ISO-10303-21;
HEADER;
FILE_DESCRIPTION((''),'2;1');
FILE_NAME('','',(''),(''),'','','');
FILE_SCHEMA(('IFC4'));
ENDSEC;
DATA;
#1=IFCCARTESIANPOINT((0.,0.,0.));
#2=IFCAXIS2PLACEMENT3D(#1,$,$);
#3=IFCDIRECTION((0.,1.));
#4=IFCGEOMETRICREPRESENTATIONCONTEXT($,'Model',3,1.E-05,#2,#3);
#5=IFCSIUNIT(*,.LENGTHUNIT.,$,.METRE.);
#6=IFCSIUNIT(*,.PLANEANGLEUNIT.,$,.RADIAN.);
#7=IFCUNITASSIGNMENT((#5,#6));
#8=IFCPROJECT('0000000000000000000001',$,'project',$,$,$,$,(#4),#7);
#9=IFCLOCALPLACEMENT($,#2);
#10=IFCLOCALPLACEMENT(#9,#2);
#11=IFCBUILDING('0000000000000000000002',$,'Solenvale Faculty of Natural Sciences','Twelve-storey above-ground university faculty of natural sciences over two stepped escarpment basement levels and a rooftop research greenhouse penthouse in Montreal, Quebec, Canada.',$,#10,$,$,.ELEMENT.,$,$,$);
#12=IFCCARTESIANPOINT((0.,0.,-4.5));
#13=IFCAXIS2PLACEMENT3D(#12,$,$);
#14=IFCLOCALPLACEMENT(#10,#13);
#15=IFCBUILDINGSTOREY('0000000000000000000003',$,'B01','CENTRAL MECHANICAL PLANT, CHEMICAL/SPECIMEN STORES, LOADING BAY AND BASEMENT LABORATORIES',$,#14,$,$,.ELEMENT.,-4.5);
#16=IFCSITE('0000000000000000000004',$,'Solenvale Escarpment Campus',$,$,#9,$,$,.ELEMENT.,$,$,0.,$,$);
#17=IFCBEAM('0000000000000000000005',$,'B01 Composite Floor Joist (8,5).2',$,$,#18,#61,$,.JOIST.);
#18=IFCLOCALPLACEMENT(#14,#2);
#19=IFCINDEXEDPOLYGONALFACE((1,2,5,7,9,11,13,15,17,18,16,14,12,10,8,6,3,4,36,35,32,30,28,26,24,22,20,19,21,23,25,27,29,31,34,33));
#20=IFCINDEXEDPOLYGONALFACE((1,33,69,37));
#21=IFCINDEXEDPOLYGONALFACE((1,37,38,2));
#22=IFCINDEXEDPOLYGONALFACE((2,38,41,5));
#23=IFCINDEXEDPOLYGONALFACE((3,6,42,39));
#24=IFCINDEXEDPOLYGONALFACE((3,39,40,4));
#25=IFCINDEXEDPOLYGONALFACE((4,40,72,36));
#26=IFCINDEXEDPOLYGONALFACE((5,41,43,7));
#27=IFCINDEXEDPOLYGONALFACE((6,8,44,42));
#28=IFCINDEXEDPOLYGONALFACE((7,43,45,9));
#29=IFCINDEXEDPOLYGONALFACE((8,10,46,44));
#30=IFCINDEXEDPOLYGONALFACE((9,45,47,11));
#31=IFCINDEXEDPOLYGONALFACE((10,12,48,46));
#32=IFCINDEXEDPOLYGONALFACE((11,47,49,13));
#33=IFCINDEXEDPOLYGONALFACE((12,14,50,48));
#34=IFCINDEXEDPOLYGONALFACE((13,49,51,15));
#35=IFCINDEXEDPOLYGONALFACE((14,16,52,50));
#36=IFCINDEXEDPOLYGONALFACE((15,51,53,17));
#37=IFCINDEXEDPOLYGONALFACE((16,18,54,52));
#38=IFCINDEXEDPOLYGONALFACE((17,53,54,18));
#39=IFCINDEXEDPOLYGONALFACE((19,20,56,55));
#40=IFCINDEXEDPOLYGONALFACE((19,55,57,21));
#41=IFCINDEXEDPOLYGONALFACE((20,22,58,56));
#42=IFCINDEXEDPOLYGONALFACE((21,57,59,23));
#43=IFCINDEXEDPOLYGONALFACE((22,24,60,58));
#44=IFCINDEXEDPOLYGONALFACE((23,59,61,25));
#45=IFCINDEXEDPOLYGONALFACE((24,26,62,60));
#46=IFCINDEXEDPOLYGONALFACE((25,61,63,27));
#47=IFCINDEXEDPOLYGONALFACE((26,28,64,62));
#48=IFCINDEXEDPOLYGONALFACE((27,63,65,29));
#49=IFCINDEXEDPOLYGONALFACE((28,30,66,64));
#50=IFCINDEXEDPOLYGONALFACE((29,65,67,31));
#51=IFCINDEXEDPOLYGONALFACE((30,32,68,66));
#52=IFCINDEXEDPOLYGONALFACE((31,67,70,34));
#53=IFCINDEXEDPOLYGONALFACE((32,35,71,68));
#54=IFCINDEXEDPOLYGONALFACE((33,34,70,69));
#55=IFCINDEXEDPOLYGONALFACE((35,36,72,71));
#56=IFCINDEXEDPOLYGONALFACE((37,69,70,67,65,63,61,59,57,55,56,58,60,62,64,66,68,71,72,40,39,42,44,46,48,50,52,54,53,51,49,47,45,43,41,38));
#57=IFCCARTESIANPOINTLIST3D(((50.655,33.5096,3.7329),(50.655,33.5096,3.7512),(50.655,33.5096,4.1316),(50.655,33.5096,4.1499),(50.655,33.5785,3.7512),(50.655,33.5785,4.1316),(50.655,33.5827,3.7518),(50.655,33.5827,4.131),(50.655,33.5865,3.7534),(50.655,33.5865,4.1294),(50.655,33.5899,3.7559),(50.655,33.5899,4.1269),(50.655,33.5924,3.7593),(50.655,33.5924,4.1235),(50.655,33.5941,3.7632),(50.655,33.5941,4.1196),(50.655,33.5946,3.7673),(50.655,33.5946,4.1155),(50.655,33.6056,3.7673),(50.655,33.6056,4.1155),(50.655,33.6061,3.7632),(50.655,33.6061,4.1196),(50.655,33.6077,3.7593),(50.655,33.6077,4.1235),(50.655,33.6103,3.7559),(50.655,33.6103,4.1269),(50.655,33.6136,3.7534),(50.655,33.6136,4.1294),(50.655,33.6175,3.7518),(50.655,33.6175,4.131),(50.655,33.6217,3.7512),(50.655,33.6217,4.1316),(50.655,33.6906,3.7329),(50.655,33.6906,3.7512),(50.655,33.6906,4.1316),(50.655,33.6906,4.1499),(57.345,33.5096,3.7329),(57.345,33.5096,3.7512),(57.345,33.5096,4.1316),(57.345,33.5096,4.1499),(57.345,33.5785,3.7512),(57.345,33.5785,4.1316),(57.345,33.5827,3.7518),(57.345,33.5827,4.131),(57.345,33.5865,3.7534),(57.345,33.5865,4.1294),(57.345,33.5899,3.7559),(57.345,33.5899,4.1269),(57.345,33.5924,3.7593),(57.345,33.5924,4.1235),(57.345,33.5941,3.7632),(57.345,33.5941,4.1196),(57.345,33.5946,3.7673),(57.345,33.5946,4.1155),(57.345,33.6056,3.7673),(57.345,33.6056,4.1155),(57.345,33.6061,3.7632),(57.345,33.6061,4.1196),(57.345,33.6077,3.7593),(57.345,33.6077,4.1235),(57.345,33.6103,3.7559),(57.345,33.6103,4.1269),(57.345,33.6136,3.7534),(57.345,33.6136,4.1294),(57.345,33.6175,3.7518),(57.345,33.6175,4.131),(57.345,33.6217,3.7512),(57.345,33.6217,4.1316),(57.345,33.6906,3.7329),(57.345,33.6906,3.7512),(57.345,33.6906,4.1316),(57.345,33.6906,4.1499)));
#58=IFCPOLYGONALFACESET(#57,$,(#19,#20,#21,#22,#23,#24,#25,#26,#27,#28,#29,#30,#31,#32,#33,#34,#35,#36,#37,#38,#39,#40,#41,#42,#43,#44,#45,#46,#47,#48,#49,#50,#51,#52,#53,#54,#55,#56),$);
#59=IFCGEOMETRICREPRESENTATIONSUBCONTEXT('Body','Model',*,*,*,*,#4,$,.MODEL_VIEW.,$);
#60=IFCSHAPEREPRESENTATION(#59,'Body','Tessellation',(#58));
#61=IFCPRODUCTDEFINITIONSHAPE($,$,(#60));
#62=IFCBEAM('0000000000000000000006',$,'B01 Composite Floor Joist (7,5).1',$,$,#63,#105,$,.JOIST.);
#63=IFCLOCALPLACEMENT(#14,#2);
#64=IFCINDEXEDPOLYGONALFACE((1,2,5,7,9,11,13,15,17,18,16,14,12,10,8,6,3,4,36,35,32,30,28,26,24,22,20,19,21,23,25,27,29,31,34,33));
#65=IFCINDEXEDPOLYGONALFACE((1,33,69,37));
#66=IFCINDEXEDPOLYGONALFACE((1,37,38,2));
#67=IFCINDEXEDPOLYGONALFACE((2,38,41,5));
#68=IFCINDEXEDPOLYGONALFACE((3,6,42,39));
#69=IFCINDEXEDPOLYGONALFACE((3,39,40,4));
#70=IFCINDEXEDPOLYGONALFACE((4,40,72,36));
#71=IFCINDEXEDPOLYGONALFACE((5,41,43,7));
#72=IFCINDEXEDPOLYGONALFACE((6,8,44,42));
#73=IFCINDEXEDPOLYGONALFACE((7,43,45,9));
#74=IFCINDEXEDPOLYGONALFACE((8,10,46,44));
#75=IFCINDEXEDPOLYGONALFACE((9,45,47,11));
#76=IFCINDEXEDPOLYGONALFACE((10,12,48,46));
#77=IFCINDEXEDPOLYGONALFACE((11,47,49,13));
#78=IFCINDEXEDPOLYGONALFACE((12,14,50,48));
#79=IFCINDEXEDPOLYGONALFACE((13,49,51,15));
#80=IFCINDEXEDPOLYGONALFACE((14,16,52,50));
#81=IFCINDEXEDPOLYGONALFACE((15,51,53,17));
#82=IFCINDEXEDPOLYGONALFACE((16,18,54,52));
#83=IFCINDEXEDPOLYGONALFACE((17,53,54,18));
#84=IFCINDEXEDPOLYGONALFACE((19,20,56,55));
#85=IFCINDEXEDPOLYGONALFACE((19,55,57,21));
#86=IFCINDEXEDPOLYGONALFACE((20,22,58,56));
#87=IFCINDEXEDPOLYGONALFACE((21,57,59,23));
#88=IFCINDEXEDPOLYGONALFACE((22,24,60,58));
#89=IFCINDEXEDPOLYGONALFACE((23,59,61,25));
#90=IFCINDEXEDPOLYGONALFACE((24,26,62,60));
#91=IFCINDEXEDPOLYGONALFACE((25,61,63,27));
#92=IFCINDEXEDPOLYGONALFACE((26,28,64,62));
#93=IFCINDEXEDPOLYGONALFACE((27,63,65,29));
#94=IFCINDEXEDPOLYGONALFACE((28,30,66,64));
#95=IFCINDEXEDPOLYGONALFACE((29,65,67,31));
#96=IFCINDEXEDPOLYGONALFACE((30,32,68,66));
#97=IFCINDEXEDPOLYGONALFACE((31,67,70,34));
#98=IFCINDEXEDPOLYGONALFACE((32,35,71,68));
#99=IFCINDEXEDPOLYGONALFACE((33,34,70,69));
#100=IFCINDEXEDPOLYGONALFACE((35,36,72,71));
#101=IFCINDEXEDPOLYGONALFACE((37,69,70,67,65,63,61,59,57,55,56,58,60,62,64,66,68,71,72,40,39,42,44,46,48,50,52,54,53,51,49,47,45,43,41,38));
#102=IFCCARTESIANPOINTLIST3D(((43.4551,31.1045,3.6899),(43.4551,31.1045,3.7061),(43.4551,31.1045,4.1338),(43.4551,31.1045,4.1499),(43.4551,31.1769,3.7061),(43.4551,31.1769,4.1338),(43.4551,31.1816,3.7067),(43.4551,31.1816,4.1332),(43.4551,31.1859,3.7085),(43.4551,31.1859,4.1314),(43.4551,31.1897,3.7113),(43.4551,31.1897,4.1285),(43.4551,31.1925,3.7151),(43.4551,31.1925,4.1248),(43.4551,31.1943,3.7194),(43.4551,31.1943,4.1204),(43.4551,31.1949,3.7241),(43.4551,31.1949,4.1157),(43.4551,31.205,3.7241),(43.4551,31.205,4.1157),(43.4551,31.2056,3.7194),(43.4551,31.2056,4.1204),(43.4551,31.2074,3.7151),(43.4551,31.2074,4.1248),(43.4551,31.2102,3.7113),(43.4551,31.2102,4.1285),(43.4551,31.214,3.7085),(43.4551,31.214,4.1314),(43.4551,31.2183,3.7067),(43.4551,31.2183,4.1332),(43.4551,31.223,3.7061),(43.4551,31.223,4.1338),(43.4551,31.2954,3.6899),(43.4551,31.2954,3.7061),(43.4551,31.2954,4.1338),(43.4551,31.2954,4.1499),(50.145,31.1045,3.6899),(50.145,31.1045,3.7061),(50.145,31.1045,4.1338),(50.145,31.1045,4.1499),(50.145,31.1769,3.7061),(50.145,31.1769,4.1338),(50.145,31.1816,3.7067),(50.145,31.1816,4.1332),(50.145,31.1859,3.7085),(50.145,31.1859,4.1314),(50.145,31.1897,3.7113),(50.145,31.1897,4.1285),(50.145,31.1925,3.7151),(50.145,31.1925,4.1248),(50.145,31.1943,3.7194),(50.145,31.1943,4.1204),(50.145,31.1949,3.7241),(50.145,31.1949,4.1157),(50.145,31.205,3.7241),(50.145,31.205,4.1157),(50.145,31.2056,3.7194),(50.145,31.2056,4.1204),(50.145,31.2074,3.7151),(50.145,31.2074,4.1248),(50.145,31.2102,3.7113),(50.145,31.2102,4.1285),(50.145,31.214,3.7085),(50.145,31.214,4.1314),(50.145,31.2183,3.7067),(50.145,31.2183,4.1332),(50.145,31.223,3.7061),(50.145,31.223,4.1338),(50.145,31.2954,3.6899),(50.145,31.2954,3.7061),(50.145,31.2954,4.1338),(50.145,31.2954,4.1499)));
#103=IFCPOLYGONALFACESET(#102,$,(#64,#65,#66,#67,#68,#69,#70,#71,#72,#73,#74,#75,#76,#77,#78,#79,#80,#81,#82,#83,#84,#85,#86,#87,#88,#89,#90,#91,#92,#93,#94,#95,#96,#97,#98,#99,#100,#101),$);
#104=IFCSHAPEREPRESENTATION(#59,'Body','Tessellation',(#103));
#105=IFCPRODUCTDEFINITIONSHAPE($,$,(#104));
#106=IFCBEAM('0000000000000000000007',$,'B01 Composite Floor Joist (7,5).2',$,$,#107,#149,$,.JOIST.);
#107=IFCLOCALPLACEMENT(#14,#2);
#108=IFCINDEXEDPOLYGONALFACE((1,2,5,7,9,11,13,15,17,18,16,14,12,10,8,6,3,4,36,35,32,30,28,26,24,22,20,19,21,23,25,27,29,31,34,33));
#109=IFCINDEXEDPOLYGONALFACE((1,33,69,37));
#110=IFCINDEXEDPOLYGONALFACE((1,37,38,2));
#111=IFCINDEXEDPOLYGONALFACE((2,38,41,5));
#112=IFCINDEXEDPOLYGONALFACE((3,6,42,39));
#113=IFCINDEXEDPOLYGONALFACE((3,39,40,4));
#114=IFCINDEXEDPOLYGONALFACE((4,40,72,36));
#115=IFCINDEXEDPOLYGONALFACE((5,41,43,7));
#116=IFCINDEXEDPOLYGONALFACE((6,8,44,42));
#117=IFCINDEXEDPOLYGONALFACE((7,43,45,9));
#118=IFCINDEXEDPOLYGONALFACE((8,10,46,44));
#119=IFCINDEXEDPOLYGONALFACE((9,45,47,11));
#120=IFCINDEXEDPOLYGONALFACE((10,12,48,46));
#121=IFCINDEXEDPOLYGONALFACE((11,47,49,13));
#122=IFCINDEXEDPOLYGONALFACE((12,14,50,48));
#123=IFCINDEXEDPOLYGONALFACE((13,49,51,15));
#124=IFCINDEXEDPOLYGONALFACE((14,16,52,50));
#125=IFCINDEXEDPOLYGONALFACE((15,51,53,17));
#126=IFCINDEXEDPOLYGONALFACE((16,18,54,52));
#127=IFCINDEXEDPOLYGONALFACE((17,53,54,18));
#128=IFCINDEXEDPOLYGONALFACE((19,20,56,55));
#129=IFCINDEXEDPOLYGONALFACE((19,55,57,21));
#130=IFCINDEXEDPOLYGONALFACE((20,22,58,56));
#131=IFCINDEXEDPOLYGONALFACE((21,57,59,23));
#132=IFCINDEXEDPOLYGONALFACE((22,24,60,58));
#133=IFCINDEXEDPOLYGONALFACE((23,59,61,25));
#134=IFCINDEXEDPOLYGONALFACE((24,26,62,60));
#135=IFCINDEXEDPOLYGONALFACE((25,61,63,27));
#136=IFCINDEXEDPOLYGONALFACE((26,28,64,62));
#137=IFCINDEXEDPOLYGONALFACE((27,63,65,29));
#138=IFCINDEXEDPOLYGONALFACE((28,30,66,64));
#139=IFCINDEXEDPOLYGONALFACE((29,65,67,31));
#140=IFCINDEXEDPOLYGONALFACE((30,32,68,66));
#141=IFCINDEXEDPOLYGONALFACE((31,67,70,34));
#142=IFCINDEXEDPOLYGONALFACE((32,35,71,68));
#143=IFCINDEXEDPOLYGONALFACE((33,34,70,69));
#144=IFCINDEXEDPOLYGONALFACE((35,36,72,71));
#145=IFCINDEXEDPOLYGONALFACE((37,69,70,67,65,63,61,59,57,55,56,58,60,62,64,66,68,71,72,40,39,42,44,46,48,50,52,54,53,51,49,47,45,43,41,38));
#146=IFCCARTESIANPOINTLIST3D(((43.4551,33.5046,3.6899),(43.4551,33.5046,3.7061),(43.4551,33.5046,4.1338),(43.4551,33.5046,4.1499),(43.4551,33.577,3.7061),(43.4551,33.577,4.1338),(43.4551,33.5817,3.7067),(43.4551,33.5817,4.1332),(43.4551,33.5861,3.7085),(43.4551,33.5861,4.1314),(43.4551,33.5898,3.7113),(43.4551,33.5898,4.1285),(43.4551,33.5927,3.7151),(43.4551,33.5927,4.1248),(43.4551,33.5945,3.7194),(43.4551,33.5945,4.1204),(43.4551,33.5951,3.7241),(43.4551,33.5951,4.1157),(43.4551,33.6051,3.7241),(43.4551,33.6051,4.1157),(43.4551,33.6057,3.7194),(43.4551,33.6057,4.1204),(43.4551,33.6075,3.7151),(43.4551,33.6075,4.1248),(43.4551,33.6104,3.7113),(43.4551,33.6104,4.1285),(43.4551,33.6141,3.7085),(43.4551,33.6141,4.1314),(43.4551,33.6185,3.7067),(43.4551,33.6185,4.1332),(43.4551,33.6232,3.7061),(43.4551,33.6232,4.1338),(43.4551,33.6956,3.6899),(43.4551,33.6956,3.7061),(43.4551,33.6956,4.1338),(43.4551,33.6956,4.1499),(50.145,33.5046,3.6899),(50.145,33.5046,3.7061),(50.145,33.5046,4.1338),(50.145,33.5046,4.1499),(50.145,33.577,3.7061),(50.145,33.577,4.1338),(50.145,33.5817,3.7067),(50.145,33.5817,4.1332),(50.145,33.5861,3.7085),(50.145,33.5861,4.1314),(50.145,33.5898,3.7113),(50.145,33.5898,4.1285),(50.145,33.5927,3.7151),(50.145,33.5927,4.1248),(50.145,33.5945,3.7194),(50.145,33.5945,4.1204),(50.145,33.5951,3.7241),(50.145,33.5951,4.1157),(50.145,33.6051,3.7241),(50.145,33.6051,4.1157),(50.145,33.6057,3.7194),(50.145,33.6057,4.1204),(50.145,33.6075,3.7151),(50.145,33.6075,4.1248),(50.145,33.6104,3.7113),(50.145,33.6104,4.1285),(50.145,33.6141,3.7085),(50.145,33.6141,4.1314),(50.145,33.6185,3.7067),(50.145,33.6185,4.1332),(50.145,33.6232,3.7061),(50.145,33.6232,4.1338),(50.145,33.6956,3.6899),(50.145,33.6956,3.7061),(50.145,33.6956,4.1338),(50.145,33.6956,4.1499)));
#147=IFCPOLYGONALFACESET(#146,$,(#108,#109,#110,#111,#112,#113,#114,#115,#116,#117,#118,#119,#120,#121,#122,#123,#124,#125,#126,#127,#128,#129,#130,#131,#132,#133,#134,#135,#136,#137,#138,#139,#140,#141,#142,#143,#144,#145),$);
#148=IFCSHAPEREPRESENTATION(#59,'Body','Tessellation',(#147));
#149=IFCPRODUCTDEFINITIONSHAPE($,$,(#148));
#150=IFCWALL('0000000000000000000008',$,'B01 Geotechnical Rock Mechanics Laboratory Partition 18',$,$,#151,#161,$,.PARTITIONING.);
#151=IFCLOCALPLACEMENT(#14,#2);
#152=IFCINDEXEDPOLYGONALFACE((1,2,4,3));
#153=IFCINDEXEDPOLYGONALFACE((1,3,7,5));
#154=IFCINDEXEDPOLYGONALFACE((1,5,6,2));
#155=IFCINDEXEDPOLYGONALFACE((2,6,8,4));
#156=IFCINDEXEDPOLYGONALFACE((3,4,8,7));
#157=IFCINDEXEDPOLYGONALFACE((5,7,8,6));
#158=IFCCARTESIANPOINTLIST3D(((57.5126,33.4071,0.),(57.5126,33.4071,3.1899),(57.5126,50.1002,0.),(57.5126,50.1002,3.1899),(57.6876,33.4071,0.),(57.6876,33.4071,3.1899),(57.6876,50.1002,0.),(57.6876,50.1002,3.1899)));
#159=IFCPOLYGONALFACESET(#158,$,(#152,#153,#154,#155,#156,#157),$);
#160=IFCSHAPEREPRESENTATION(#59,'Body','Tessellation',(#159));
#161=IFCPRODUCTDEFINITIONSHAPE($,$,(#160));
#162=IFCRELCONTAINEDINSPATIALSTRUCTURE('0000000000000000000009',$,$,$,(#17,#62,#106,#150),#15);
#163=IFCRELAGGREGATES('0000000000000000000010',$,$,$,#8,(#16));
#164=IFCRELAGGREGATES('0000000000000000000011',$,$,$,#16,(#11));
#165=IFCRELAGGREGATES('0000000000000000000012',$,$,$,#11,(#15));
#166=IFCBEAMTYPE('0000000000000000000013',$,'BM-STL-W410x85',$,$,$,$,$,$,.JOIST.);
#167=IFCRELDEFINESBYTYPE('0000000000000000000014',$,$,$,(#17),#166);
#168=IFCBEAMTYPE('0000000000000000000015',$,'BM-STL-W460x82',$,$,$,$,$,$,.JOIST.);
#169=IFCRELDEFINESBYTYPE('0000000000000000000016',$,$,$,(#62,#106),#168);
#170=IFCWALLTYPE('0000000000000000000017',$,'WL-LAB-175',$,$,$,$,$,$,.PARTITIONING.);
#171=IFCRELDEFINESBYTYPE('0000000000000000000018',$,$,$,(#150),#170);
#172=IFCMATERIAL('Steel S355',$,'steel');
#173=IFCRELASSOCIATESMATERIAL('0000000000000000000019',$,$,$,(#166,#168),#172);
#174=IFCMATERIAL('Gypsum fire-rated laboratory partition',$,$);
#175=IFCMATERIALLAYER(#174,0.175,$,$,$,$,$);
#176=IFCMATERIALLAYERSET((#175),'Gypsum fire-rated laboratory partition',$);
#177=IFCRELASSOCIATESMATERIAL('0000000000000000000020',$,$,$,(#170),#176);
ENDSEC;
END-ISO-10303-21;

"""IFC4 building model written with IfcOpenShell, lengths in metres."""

from ifc_helpers import new_model, si_unit, direction, frame, frame_2d, origin, origin_2d, place, context, subcontext, project, spatial, rectangle, i_section, extrude, material, layer, layer_set, material_profile, profile_set, type_object, element, save


model = new_model("IFC4")

# Units and contexts
model_context = context("Model", 3, precision=1e-05, world=origin(), true_north=direction((0.0, 1.0)))
body_context = subcontext(model_context, "Body", "Model", "MODEL_VIEW")
ifc_project = project(units=[si_unit("LENGTHUNIT", "METRE"), si_unit("PLANEANGLEUNIT", "RADIAN")], contexts=[model_context])

# Site, building, storey
site_placement = place(None, origin())
site = spatial("IfcSite", under=ifc_project, at=site_placement, Name="Solenvale Escarpment Campus", CompositionType="ELEMENT", RefElevation=0.0)
building_placement = place(site_placement, origin())
building = spatial("IfcBuilding", under=site, at=building_placement, Name="Solenvale Faculty of Natural Sciences", Description="Twelve-storey above-ground university faculty of natural sciences over two stepped escarpment basement levels and a rooftop research greenhouse penthouse in Montreal, Quebec, Canada.", CompositionType="ELEMENT")
storey_placement = place(building_placement, frame((0.0, 0.0, -4.5)))
storey = spatial("IfcBuildingStorey", under=building, at=storey_placement, Name="B01", Description="CENTRAL MECHANICAL PLANT, CHEMICAL/SPECIMEN STORES, LOADING BAY AND BASEMENT LABORATORIES", CompositionType="ELEMENT", Elevation=-4.5)

# Beams
ifc_material_1 = material(Name="Steel S355", Category="steel")
ifc_material_profile_1 = material_profile(ifc_material_1, i_section(OverallWidth=0.1809, OverallDepth=0.417, WebThickness=0.011, FlangeThickness=0.0183, FilletRadius=0.0161, at=origin_2d()), Name="W410x85")
ifc_profile_set_1 = profile_set([ifc_material_profile_1], Name="Steel S355")
beam_type_1 = type_object("IfcBeamType", Name="BM-STL-W410x85", PredefinedType="JOIST", material=ifc_profile_set_1)
for number, where, z_axis, x_axis, name in (
    (1, (50.655, 33.6001, 3.9414), (1.0, 0.0, 0.0), (0.0, 1.0, 0.0), "B01 Composite Floor Joist (8,5).2"),
):
    element("IfcBeam", number, at=place(storey_placement, frame(where, z_axis=z_axis, x_axis=x_axis)), inside=storey, type_object=beam_type_1, Name=name, PredefinedType="JOIST", context=body_context, shape_type="SweptSolid", body=[
        extrude(i_section(OverallWidth=0.1809, OverallDepth=0.417, WebThickness=0.011, FlangeThickness=0.0183, FilletRadius=0.0161, at=origin_2d()), origin(), (0.0, 0.0, 1.0), 6.6899),
    ])
ifc_material_profile_2 = material_profile(ifc_material_1, i_section(OverallWidth=0.1909, OverallDepth=0.46, WebThickness=0.01, FlangeThickness=0.0161, FilletRadius=0.0181, at=origin_2d()), Name="W460x82")
ifc_profile_set_2 = profile_set([ifc_material_profile_2], Name="Steel S355")
beam_type_2 = type_object("IfcBeamType", Name="BM-STL-W460x82", PredefinedType="JOIST", material=ifc_profile_set_2)
for number, where, z_axis, x_axis, name in (
    (2, (43.4551, 31.2, 3.9199), (1.0, 0.0, 0.0), (0.0, 1.0, 0.0), "B01 Composite Floor Joist (7,5).1"),
    (3, (43.4551, 33.6001, 3.9199), (1.0, 0.0, 0.0), (0.0, 1.0, 0.0), "B01 Composite Floor Joist (7,5).2"),
):
    element("IfcBeam", number, at=place(storey_placement, frame(where, z_axis=z_axis, x_axis=x_axis)), inside=storey, type_object=beam_type_2, Name=name, PredefinedType="JOIST", context=body_context, shape_type="SweptSolid", body=[
        extrude(i_section(OverallWidth=0.1909, OverallDepth=0.46, WebThickness=0.01, FlangeThickness=0.0161, FilletRadius=0.0181, at=origin_2d()), origin(), (0.0, 0.0, 1.0), 6.6899),
    ])

# Wall
ifc_material_2 = material(Name="Gypsum fire-rated laboratory partition")
ifc_layer = layer(ifc_material_2, 0.175)
ifc_layer_set = layer_set([ifc_layer], Name="Gypsum fire-rated laboratory partition")
wall_type = type_object("IfcWallType", Name="WL-LAB-175", PredefinedType="PARTITIONING", material=ifc_layer_set)
wall_placement = place(storey_placement, frame((57.6001, 33.407, 0.0), z_axis=(0.0, 0.0, 1.0), x_axis=(0.0, 1.0, 0.0)))
element("IfcWall", 4, at=wall_placement, inside=storey, type_object=wall_type, Name="B01 Geotechnical Rock Mechanics Laboratory Partition 18", PredefinedType="PARTITIONING", context=body_context, shape_type="SweptSolid", body=[
    extrude(rectangle(XDim=16.6931, YDim=0.175, at=frame_2d((8.3467, 0.0))), origin(), (0.0, 0.0, 1.0), 3.1899),
])

save(model, "model.ifc")
